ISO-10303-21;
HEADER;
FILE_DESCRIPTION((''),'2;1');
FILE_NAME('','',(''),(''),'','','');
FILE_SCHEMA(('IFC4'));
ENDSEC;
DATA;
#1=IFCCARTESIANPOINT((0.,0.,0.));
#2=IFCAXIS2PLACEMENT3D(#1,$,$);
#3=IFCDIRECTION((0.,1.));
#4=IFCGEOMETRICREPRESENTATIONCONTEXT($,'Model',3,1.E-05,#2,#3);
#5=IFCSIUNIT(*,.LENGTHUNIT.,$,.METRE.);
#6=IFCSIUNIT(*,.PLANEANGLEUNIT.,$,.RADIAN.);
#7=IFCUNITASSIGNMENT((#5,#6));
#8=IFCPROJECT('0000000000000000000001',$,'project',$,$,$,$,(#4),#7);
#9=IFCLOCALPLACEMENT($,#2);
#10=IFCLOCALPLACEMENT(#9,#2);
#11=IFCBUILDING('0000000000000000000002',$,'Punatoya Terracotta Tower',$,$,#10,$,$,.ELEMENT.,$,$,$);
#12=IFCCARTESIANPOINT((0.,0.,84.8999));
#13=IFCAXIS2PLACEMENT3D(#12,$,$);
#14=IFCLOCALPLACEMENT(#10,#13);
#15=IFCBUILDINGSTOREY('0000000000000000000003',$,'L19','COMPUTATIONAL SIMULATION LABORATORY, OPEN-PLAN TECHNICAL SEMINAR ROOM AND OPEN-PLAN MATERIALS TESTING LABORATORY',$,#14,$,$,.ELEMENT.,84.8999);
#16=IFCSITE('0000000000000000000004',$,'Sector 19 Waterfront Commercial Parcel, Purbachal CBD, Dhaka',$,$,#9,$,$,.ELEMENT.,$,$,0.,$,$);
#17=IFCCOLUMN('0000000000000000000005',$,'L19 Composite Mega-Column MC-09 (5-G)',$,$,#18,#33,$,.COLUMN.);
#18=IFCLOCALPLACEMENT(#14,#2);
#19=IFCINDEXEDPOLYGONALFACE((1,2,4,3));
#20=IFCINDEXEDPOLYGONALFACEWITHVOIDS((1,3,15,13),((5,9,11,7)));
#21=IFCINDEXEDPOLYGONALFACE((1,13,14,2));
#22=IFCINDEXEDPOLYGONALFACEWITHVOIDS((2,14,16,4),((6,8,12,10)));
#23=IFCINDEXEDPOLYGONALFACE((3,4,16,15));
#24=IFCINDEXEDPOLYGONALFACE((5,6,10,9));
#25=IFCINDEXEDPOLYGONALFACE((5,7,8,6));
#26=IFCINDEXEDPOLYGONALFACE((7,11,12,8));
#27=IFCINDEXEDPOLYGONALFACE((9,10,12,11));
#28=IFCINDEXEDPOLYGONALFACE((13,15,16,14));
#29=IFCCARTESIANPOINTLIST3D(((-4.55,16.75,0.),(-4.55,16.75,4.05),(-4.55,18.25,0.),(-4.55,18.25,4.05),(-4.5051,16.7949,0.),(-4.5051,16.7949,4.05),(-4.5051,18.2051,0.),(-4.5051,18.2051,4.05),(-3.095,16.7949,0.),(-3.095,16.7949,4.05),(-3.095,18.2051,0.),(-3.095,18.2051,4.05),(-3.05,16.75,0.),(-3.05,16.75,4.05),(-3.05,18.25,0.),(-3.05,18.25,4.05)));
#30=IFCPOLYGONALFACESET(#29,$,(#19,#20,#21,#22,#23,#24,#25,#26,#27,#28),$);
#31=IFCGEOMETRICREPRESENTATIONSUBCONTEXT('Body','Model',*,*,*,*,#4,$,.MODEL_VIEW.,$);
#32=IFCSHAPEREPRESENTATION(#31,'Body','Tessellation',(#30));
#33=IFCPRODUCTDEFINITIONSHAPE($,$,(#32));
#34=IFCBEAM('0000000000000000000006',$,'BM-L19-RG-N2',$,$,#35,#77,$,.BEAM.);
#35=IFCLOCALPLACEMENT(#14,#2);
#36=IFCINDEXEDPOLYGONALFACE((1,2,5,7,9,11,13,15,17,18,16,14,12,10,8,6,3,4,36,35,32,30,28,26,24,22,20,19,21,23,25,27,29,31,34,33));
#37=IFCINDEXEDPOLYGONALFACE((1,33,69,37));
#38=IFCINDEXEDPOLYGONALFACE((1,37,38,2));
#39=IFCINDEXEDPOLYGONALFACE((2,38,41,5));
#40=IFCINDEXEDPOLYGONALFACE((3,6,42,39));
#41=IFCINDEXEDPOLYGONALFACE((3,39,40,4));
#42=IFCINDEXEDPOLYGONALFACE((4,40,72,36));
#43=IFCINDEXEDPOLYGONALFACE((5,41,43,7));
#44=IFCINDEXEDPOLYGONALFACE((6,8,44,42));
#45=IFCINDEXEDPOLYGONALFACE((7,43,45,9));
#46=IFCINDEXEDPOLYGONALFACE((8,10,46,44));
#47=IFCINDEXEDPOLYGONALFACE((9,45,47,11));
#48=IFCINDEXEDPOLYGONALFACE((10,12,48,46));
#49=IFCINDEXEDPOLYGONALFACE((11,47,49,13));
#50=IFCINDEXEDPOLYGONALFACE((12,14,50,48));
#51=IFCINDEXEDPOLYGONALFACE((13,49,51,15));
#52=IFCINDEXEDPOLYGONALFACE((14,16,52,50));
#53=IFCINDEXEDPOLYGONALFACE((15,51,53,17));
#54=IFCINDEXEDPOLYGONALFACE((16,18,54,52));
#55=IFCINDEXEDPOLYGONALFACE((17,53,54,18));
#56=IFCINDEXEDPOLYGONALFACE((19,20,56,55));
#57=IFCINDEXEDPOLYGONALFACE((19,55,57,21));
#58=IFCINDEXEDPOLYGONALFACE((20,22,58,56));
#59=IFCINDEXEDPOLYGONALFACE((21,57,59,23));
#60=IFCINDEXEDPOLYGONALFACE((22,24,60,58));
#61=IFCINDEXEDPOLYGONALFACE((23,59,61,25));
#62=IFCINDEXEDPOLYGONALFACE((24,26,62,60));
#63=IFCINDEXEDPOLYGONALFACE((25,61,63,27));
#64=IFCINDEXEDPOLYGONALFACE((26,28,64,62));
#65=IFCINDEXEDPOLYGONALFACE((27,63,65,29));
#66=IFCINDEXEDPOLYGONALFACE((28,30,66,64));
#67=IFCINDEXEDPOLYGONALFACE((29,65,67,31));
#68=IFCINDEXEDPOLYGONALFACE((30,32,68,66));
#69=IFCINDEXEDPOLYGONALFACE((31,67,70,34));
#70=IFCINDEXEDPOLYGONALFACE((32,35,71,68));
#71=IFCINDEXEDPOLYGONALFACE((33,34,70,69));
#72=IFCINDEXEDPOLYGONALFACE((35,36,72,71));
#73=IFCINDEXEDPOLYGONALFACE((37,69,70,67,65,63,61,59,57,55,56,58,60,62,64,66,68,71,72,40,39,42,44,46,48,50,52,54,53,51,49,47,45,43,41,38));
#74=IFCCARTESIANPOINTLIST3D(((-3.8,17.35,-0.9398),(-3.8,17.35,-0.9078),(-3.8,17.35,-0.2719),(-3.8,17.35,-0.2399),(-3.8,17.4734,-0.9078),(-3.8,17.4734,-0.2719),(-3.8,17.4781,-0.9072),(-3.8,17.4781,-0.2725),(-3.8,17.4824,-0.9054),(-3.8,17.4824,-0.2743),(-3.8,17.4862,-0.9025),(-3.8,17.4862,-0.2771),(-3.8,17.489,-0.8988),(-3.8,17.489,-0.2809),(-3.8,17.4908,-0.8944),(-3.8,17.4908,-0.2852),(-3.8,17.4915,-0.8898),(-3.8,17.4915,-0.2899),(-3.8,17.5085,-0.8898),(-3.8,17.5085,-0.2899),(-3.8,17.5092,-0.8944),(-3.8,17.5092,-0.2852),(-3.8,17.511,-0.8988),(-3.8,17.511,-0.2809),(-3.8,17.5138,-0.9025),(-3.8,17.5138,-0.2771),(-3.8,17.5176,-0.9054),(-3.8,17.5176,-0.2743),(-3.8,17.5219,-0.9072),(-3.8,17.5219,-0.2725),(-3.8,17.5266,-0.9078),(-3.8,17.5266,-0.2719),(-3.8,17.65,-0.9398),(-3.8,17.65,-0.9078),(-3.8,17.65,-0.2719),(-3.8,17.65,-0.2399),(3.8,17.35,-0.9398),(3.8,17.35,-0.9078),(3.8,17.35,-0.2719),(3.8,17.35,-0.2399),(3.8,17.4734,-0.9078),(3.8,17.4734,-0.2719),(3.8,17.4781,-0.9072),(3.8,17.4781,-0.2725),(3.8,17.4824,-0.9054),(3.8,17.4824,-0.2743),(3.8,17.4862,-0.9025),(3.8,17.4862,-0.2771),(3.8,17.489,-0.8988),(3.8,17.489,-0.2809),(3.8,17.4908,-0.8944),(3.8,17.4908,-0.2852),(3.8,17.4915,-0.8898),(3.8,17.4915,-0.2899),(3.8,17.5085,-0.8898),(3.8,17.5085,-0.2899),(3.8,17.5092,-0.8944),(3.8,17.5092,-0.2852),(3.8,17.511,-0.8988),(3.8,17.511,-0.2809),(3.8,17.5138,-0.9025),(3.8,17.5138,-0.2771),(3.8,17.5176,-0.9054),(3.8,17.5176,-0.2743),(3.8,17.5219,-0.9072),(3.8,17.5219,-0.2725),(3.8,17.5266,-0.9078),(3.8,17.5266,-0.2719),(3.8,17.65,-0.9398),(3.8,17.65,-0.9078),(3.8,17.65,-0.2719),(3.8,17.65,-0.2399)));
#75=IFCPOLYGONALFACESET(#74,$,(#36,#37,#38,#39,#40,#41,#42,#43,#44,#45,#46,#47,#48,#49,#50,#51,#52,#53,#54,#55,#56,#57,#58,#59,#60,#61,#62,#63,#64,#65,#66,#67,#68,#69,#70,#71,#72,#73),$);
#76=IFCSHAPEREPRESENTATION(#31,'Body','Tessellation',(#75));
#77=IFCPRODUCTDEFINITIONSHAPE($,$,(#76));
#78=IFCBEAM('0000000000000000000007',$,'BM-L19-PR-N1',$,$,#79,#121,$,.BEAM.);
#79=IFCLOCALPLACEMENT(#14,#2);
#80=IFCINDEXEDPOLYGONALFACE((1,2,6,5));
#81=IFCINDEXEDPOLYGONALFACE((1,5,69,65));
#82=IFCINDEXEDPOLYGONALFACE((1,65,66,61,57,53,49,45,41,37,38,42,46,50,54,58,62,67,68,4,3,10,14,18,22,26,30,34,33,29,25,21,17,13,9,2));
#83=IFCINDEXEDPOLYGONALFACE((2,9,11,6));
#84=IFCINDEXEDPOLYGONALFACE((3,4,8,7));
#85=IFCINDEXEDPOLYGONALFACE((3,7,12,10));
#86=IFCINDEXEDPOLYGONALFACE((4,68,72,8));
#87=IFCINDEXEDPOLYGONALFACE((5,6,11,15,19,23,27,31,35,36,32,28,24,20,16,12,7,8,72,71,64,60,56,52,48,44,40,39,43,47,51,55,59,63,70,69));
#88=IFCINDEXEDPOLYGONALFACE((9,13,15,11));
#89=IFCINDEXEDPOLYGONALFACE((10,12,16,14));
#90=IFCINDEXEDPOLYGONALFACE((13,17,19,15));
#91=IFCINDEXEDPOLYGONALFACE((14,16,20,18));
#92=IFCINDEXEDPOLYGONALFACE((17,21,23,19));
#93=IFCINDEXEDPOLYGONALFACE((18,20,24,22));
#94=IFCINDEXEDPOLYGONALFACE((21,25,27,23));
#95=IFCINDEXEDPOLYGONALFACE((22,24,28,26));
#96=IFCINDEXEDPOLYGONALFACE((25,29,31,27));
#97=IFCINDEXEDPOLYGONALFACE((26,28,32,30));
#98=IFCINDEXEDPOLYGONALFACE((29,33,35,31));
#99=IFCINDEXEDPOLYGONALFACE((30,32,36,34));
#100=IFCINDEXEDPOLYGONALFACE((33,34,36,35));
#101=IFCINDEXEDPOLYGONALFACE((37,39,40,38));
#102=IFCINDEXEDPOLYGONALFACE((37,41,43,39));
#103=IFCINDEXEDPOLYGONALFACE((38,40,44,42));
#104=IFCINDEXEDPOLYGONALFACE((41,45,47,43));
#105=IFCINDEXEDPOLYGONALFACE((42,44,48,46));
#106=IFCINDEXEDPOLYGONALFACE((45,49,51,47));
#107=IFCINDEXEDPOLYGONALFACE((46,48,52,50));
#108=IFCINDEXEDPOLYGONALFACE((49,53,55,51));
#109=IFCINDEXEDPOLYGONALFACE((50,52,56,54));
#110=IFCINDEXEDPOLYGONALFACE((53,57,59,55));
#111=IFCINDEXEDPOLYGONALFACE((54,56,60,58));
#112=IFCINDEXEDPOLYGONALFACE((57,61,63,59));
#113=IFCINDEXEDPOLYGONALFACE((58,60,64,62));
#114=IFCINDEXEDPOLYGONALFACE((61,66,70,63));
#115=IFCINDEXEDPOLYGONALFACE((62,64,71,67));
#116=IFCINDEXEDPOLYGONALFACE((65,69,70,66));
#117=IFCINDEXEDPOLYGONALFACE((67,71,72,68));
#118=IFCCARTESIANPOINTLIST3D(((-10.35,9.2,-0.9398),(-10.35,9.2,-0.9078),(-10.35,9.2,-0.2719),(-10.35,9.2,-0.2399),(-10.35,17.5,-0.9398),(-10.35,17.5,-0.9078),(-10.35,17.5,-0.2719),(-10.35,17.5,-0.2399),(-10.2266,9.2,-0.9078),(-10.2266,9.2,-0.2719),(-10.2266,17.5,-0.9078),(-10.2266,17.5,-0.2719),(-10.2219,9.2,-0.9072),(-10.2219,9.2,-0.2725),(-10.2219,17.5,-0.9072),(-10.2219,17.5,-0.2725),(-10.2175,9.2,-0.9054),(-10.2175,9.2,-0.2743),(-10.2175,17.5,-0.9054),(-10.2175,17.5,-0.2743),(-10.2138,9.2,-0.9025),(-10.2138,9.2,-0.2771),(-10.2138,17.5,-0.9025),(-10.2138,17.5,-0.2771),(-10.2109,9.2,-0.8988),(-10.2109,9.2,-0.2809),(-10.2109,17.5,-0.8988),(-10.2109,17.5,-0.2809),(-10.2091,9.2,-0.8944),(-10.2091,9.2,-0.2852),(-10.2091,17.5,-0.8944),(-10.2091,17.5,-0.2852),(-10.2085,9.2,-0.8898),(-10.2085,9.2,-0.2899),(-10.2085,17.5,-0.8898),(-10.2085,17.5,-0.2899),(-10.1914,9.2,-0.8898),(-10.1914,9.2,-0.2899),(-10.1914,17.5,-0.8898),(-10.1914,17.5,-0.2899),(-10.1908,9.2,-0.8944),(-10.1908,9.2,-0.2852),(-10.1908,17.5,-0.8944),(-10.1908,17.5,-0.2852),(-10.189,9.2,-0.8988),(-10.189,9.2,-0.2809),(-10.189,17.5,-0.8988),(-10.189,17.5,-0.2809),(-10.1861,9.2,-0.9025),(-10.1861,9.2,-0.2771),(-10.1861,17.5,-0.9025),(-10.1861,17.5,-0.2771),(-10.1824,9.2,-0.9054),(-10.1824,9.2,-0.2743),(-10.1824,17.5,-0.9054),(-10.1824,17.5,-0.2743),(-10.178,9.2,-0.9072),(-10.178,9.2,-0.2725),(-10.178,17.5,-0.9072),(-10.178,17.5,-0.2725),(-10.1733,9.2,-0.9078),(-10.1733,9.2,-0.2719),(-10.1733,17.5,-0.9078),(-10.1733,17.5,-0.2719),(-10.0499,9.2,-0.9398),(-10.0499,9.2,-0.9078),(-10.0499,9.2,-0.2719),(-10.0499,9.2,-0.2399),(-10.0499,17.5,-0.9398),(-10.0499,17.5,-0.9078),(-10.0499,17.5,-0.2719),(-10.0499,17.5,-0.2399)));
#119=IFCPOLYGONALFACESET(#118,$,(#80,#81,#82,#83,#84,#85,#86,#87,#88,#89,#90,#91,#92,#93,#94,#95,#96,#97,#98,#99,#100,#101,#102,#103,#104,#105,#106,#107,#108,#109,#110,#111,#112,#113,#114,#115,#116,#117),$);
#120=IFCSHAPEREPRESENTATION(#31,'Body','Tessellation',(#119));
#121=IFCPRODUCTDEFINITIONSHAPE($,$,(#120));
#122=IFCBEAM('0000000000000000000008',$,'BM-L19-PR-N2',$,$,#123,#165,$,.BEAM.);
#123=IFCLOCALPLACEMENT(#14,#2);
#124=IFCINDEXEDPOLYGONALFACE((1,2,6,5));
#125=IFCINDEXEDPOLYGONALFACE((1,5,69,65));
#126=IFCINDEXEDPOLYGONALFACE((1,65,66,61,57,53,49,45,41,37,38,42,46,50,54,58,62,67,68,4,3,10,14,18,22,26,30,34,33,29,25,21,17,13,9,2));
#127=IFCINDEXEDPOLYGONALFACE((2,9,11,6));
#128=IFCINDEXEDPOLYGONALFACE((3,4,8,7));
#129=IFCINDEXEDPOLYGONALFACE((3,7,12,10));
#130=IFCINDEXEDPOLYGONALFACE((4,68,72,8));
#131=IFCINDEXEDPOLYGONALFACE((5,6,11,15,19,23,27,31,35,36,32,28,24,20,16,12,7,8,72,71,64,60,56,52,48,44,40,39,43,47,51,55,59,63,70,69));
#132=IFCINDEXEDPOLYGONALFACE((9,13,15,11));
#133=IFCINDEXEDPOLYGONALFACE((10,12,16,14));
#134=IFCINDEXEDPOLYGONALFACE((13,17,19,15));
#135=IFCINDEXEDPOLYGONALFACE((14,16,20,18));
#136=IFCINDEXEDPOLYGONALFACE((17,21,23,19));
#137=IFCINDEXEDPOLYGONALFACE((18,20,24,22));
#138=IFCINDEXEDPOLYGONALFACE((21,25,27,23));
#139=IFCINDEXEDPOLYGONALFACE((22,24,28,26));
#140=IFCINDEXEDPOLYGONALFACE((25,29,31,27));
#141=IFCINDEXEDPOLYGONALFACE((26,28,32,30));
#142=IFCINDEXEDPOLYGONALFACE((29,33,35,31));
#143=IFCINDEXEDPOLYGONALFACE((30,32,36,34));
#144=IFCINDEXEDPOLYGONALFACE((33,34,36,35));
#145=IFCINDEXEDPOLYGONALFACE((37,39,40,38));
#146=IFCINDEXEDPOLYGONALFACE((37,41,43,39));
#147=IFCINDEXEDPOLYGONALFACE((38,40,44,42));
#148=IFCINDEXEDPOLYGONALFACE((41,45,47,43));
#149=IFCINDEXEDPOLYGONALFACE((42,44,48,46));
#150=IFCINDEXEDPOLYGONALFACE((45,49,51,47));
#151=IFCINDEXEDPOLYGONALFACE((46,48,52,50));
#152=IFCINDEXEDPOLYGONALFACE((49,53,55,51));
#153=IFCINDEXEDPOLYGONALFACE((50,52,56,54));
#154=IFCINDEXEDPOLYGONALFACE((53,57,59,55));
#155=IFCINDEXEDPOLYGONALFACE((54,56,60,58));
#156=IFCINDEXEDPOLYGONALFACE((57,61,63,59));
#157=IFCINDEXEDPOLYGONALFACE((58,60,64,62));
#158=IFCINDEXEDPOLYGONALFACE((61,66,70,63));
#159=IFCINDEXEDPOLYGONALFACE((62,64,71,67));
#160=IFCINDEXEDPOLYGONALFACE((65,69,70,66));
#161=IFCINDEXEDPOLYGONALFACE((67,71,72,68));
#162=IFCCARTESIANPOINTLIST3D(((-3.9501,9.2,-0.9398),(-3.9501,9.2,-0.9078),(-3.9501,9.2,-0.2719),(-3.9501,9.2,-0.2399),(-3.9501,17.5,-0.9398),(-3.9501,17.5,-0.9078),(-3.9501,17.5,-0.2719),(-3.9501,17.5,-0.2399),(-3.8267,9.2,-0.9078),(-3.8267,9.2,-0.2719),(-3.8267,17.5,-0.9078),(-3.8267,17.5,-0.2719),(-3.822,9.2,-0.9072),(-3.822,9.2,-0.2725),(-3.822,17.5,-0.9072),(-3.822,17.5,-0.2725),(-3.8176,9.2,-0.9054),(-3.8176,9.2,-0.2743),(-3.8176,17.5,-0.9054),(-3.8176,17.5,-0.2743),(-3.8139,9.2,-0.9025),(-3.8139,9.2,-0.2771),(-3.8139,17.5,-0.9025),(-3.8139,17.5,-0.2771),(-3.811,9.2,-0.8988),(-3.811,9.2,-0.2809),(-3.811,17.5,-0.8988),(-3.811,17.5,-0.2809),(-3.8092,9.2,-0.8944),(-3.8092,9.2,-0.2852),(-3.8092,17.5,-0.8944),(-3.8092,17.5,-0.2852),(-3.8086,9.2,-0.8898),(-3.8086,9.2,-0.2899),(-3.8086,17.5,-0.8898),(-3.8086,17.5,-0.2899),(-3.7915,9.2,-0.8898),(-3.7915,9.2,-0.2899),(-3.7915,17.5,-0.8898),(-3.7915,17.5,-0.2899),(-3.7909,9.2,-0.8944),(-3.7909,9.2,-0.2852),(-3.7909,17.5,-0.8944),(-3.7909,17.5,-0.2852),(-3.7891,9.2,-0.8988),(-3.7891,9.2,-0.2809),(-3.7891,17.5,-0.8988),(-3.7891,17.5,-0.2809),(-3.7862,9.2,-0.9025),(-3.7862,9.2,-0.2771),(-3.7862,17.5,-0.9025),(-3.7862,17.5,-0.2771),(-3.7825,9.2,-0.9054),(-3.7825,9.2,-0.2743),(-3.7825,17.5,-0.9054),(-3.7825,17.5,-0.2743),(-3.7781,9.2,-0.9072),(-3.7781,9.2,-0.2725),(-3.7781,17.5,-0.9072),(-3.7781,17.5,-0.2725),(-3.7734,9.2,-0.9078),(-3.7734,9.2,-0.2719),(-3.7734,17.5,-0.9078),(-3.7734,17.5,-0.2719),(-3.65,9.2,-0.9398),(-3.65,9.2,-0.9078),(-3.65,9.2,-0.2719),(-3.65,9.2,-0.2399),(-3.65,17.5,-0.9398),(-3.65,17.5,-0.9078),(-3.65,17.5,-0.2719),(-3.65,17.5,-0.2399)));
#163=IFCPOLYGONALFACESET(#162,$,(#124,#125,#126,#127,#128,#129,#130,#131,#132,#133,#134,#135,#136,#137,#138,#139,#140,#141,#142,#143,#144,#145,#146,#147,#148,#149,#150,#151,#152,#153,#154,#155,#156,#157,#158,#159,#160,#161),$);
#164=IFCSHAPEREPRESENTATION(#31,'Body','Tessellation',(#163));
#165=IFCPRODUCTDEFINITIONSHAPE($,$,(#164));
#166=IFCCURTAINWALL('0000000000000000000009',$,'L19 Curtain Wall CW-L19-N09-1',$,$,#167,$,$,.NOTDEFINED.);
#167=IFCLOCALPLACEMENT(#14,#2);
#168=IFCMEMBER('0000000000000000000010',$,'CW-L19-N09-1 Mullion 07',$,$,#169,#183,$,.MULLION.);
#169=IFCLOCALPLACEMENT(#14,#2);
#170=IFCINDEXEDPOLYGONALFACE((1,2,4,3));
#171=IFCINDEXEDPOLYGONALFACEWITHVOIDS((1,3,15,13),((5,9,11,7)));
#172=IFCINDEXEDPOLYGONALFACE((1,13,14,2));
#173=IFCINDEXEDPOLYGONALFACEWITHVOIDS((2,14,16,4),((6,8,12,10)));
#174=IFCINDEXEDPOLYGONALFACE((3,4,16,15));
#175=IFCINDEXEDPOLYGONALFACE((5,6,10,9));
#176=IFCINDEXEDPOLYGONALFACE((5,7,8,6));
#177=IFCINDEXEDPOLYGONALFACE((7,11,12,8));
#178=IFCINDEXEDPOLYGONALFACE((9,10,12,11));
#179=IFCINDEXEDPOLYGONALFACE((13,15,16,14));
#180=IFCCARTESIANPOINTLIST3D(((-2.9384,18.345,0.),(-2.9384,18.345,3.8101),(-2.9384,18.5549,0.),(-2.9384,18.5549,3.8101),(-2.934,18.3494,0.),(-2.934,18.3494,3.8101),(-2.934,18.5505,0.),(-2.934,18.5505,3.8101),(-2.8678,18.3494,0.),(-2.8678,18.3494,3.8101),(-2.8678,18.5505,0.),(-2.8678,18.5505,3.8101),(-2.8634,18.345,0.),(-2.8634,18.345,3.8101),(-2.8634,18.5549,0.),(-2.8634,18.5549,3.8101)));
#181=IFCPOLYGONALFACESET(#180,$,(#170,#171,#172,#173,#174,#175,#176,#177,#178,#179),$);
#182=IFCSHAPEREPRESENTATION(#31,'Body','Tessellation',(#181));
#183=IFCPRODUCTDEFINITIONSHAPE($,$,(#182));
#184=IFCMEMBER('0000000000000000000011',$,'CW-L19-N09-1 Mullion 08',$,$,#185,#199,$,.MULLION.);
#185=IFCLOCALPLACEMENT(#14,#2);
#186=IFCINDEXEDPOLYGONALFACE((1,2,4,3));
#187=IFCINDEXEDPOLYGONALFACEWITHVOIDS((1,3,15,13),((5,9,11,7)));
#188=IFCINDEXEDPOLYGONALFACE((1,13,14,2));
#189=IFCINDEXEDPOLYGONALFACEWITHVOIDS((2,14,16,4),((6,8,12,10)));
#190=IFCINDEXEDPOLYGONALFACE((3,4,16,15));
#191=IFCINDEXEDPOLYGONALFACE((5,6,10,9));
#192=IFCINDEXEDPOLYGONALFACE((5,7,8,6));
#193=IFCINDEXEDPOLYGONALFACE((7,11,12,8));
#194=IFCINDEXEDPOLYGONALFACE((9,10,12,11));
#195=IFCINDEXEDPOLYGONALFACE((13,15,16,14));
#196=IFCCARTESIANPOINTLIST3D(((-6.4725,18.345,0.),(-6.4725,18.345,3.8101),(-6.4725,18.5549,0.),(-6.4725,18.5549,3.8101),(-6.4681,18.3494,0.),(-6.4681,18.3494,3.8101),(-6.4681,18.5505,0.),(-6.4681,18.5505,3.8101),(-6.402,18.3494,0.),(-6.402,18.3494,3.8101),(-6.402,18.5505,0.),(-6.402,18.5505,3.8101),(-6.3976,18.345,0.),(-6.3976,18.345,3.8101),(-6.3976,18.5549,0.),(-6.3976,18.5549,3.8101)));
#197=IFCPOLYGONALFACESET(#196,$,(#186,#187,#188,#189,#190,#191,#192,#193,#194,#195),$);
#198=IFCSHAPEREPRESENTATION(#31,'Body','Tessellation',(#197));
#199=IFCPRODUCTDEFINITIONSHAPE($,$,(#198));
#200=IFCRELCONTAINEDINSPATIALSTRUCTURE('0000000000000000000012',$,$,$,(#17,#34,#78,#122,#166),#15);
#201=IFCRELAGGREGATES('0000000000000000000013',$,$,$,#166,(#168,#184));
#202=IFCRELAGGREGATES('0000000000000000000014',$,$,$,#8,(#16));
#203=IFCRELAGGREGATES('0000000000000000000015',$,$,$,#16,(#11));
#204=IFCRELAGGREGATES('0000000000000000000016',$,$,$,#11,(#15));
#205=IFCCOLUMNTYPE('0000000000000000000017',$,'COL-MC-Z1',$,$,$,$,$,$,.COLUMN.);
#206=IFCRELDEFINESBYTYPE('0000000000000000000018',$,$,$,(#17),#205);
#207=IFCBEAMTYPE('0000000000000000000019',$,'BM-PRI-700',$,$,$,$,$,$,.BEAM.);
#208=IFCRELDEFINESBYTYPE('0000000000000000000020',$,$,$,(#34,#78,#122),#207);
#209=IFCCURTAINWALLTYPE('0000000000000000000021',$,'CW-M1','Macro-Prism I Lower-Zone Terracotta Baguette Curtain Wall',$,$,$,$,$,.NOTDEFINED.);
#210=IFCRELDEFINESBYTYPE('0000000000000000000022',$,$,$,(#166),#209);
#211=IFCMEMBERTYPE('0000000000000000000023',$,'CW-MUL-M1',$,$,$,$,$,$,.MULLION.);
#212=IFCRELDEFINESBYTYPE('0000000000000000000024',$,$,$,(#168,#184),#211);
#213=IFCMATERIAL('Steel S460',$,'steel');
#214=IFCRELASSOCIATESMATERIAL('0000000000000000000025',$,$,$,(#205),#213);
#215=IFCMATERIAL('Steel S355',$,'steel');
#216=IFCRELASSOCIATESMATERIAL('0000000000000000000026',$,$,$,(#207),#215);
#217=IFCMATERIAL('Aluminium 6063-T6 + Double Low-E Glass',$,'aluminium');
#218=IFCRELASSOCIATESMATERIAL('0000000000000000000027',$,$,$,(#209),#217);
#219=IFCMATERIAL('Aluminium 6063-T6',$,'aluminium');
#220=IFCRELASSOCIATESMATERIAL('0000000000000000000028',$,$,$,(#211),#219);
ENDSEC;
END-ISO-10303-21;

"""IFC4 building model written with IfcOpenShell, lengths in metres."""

from ifc_helpers import new_model, si_unit, direction, frame, origin, origin_2d, place, context, subcontext, project, spatial, hollow_rectangle, i_section, extrude, material, material_profile, profile_set, type_object, element, aggregate, save


model = new_model("IFC4")

# Units and contexts
model_context = context("Model", 3, precision=1e-05, world=origin(), true_north=direction((0.0, 1.0)))
body_context = subcontext(model_context, "Body", "Model", "MODEL_VIEW")
ifc_project = project(units=[si_unit("LENGTHUNIT", "METRE"), si_unit("PLANEANGLEUNIT", "RADIAN")], contexts=[model_context])

# Site, building, storey
site_placement = place(None, origin())
site = spatial("IfcSite", under=ifc_project, at=site_placement, Name="Sector 19 Waterfront Commercial Parcel, Purbachal CBD, Dhaka", CompositionType="ELEMENT", RefElevation=0.0)
building_placement = place(site_placement, origin())
building = spatial("IfcBuilding", under=site, at=building_placement, Name="Punatoya Terracotta Tower", CompositionType="ELEMENT")
storey_placement = place(building_placement, frame((0.0, 0.0, 84.8999)))
storey = spatial("IfcBuildingStorey", under=building, at=storey_placement, Name="L19", Description="COMPUTATIONAL SIMULATION LABORATORY, OPEN-PLAN TECHNICAL SEMINAR ROOM AND OPEN-PLAN MATERIALS TESTING LABORATORY", CompositionType="ELEMENT", Elevation=84.8999)

# Column
ifc_material_1 = material(Name="Steel S460", Category="steel")
ifc_material_profile_1 = material_profile(ifc_material_1, hollow_rectangle(XDim=1.5, YDim=1.5, WallThickness=0.0449, at=origin_2d()))
ifc_profile_set_1 = profile_set([ifc_material_profile_1], Name="Steel S460")
column_type = type_object("IfcColumnType", Name="COL-MC-Z1", PredefinedType="COLUMN", material=ifc_profile_set_1)
column_placement = place(storey_placement, frame((-3.8, 17.5, 0.0), z_axis=(0.0, 0.0, 1.0), x_axis=(1.0, 0.0, 0.0)))
element("IfcColumn", 1, at=column_placement, inside=storey, type_object=column_type, Name="L19 Composite Mega-Column MC-09 (5-G)", PredefinedType="COLUMN", context=body_context, shape_type="SweptSolid", body=[
    extrude(hollow_rectangle(XDim=1.5, YDim=1.5, WallThickness=0.0449, at=origin_2d()), origin(), (0.0, 0.0, 1.0), 4.05),
])

# Beams
ifc_material_2 = material(Name="Steel S355", Category="steel")
ifc_material_profile_2 = material_profile(ifc_material_2, i_section(OverallWidth=0.3, OverallDepth=0.7, WebThickness=0.0171, FlangeThickness=0.032, FilletRadius=0.0181, at=origin_2d()))
ifc_profile_set_2 = profile_set([ifc_material_profile_2], Name="Steel S355")
beam_type = type_object("IfcBeamType", Name="BM-PRI-700", PredefinedType="BEAM", material=ifc_profile_set_2)
beam_placement = place(storey_placement, frame((-3.8, 17.5, -0.5898), z_axis=(1.0, 0.0, 0.0), x_axis=(0.0, 1.0, 0.0)))
element("IfcBeam", 2, at=beam_placement, inside=storey, type_object=beam_type, Name="BM-L19-RG-N2", PredefinedType="BEAM", context=body_context, shape_type="SweptSolid", body=[
    extrude(i_section(OverallWidth=0.3, OverallDepth=0.7, WebThickness=0.0171, FlangeThickness=0.032, FilletRadius=0.0181, at=origin_2d()), origin(), (0.0, 0.0, 1.0), 7.6001),
])
for number, where, z_axis, x_axis, name in (
    (3, (-10.2, 9.2, -0.5898), (0.0, 1.0, 0.0), (-1.0, 0.0, 0.0), "BM-L19-PR-N1"),
    (4, (-3.8, 9.2, -0.5898), (0.0, 1.0, 0.0), (-1.0, 0.0, 0.0), "BM-L19-PR-N2"),
):
    element("IfcBeam", number, at=place(storey_placement, frame(where, z_axis=z_axis, x_axis=x_axis)), inside=storey, type_object=beam_type, Name=name, PredefinedType="BEAM", context=body_context, shape_type="SweptSolid", body=[
        extrude(i_section(OverallWidth=0.3, OverallDepth=0.7, WebThickness=0.0171, FlangeThickness=0.032, FilletRadius=0.0181, at=origin_2d()), origin(), (0.0, 0.0, 1.0), 8.3),
    ])

# Curtain wall, members
ifc_material_3 = material(Name="Aluminium 6063-T6 + Double Low-E Glass", Category="aluminium")
curtain_wall_type = type_object("IfcCurtainWallType", Name="CW-M1", Description="Macro-Prism I Lower-Zone Terracotta Baguette Curtain Wall", PredefinedType="NOTDEFINED", material=ifc_material_3)
curtain_wall_placement = place(storey_placement, origin())
curtain_wall = element("IfcCurtainWall", 5, at=curtain_wall_placement, inside=storey, type_object=curtain_wall_type, Name="L19 Curtain Wall CW-L19-N09-1", PredefinedType="NOTDEFINED")
ifc_material_4 = material(Name="Aluminium 6063-T6", Category="aluminium")
ifc_material_profile_3 = material_profile(ifc_material_4, hollow_rectangle(XDim=0.075, YDim=0.21, WallThickness=0.0044, at=origin_2d()))
ifc_profile_set_3 = profile_set([ifc_material_profile_3], Name="Aluminium 6063-T6")
member_type = type_object("IfcMemberType", Name="CW-MUL-M1", PredefinedType="MULLION", material=ifc_profile_set_3)
member_1_placement = place(storey_placement, frame((-2.9009, 18.45, 0.0), z_axis=(0.0, 0.0, 1.0), x_axis=(1.0, 0.0, 0.0)))
member_1 = element("IfcMember", 6, at=member_1_placement, type_object=member_type, Name="CW-L19-N09-1 Mullion 07", PredefinedType="MULLION", context=body_context, shape_type="SweptSolid", body=[
    extrude(hollow_rectangle(XDim=0.075, YDim=0.21, WallThickness=0.0044, at=origin_2d()), origin(), (0.0, 0.0, 1.0), 3.8101),
])
member_2_placement = place(storey_placement, frame((-6.4351, 18.45, 0.0), z_axis=(0.0, 0.0, 1.0), x_axis=(1.0, 0.0, 0.0)))
member_2 = element("IfcMember", 7, at=member_2_placement, type_object=member_type, Name="CW-L19-N09-1 Mullion 08", PredefinedType="MULLION", context=body_context, shape_type="SweptSolid", body=[
    extrude(hollow_rectangle(XDim=0.075, YDim=0.21, WallThickness=0.0044, at=origin_2d()), origin(), (0.0, 0.0, 1.0), 3.8101),
])
aggregate(curtain_wall, [member_1, member_2])

save(model, "model.ifc")
